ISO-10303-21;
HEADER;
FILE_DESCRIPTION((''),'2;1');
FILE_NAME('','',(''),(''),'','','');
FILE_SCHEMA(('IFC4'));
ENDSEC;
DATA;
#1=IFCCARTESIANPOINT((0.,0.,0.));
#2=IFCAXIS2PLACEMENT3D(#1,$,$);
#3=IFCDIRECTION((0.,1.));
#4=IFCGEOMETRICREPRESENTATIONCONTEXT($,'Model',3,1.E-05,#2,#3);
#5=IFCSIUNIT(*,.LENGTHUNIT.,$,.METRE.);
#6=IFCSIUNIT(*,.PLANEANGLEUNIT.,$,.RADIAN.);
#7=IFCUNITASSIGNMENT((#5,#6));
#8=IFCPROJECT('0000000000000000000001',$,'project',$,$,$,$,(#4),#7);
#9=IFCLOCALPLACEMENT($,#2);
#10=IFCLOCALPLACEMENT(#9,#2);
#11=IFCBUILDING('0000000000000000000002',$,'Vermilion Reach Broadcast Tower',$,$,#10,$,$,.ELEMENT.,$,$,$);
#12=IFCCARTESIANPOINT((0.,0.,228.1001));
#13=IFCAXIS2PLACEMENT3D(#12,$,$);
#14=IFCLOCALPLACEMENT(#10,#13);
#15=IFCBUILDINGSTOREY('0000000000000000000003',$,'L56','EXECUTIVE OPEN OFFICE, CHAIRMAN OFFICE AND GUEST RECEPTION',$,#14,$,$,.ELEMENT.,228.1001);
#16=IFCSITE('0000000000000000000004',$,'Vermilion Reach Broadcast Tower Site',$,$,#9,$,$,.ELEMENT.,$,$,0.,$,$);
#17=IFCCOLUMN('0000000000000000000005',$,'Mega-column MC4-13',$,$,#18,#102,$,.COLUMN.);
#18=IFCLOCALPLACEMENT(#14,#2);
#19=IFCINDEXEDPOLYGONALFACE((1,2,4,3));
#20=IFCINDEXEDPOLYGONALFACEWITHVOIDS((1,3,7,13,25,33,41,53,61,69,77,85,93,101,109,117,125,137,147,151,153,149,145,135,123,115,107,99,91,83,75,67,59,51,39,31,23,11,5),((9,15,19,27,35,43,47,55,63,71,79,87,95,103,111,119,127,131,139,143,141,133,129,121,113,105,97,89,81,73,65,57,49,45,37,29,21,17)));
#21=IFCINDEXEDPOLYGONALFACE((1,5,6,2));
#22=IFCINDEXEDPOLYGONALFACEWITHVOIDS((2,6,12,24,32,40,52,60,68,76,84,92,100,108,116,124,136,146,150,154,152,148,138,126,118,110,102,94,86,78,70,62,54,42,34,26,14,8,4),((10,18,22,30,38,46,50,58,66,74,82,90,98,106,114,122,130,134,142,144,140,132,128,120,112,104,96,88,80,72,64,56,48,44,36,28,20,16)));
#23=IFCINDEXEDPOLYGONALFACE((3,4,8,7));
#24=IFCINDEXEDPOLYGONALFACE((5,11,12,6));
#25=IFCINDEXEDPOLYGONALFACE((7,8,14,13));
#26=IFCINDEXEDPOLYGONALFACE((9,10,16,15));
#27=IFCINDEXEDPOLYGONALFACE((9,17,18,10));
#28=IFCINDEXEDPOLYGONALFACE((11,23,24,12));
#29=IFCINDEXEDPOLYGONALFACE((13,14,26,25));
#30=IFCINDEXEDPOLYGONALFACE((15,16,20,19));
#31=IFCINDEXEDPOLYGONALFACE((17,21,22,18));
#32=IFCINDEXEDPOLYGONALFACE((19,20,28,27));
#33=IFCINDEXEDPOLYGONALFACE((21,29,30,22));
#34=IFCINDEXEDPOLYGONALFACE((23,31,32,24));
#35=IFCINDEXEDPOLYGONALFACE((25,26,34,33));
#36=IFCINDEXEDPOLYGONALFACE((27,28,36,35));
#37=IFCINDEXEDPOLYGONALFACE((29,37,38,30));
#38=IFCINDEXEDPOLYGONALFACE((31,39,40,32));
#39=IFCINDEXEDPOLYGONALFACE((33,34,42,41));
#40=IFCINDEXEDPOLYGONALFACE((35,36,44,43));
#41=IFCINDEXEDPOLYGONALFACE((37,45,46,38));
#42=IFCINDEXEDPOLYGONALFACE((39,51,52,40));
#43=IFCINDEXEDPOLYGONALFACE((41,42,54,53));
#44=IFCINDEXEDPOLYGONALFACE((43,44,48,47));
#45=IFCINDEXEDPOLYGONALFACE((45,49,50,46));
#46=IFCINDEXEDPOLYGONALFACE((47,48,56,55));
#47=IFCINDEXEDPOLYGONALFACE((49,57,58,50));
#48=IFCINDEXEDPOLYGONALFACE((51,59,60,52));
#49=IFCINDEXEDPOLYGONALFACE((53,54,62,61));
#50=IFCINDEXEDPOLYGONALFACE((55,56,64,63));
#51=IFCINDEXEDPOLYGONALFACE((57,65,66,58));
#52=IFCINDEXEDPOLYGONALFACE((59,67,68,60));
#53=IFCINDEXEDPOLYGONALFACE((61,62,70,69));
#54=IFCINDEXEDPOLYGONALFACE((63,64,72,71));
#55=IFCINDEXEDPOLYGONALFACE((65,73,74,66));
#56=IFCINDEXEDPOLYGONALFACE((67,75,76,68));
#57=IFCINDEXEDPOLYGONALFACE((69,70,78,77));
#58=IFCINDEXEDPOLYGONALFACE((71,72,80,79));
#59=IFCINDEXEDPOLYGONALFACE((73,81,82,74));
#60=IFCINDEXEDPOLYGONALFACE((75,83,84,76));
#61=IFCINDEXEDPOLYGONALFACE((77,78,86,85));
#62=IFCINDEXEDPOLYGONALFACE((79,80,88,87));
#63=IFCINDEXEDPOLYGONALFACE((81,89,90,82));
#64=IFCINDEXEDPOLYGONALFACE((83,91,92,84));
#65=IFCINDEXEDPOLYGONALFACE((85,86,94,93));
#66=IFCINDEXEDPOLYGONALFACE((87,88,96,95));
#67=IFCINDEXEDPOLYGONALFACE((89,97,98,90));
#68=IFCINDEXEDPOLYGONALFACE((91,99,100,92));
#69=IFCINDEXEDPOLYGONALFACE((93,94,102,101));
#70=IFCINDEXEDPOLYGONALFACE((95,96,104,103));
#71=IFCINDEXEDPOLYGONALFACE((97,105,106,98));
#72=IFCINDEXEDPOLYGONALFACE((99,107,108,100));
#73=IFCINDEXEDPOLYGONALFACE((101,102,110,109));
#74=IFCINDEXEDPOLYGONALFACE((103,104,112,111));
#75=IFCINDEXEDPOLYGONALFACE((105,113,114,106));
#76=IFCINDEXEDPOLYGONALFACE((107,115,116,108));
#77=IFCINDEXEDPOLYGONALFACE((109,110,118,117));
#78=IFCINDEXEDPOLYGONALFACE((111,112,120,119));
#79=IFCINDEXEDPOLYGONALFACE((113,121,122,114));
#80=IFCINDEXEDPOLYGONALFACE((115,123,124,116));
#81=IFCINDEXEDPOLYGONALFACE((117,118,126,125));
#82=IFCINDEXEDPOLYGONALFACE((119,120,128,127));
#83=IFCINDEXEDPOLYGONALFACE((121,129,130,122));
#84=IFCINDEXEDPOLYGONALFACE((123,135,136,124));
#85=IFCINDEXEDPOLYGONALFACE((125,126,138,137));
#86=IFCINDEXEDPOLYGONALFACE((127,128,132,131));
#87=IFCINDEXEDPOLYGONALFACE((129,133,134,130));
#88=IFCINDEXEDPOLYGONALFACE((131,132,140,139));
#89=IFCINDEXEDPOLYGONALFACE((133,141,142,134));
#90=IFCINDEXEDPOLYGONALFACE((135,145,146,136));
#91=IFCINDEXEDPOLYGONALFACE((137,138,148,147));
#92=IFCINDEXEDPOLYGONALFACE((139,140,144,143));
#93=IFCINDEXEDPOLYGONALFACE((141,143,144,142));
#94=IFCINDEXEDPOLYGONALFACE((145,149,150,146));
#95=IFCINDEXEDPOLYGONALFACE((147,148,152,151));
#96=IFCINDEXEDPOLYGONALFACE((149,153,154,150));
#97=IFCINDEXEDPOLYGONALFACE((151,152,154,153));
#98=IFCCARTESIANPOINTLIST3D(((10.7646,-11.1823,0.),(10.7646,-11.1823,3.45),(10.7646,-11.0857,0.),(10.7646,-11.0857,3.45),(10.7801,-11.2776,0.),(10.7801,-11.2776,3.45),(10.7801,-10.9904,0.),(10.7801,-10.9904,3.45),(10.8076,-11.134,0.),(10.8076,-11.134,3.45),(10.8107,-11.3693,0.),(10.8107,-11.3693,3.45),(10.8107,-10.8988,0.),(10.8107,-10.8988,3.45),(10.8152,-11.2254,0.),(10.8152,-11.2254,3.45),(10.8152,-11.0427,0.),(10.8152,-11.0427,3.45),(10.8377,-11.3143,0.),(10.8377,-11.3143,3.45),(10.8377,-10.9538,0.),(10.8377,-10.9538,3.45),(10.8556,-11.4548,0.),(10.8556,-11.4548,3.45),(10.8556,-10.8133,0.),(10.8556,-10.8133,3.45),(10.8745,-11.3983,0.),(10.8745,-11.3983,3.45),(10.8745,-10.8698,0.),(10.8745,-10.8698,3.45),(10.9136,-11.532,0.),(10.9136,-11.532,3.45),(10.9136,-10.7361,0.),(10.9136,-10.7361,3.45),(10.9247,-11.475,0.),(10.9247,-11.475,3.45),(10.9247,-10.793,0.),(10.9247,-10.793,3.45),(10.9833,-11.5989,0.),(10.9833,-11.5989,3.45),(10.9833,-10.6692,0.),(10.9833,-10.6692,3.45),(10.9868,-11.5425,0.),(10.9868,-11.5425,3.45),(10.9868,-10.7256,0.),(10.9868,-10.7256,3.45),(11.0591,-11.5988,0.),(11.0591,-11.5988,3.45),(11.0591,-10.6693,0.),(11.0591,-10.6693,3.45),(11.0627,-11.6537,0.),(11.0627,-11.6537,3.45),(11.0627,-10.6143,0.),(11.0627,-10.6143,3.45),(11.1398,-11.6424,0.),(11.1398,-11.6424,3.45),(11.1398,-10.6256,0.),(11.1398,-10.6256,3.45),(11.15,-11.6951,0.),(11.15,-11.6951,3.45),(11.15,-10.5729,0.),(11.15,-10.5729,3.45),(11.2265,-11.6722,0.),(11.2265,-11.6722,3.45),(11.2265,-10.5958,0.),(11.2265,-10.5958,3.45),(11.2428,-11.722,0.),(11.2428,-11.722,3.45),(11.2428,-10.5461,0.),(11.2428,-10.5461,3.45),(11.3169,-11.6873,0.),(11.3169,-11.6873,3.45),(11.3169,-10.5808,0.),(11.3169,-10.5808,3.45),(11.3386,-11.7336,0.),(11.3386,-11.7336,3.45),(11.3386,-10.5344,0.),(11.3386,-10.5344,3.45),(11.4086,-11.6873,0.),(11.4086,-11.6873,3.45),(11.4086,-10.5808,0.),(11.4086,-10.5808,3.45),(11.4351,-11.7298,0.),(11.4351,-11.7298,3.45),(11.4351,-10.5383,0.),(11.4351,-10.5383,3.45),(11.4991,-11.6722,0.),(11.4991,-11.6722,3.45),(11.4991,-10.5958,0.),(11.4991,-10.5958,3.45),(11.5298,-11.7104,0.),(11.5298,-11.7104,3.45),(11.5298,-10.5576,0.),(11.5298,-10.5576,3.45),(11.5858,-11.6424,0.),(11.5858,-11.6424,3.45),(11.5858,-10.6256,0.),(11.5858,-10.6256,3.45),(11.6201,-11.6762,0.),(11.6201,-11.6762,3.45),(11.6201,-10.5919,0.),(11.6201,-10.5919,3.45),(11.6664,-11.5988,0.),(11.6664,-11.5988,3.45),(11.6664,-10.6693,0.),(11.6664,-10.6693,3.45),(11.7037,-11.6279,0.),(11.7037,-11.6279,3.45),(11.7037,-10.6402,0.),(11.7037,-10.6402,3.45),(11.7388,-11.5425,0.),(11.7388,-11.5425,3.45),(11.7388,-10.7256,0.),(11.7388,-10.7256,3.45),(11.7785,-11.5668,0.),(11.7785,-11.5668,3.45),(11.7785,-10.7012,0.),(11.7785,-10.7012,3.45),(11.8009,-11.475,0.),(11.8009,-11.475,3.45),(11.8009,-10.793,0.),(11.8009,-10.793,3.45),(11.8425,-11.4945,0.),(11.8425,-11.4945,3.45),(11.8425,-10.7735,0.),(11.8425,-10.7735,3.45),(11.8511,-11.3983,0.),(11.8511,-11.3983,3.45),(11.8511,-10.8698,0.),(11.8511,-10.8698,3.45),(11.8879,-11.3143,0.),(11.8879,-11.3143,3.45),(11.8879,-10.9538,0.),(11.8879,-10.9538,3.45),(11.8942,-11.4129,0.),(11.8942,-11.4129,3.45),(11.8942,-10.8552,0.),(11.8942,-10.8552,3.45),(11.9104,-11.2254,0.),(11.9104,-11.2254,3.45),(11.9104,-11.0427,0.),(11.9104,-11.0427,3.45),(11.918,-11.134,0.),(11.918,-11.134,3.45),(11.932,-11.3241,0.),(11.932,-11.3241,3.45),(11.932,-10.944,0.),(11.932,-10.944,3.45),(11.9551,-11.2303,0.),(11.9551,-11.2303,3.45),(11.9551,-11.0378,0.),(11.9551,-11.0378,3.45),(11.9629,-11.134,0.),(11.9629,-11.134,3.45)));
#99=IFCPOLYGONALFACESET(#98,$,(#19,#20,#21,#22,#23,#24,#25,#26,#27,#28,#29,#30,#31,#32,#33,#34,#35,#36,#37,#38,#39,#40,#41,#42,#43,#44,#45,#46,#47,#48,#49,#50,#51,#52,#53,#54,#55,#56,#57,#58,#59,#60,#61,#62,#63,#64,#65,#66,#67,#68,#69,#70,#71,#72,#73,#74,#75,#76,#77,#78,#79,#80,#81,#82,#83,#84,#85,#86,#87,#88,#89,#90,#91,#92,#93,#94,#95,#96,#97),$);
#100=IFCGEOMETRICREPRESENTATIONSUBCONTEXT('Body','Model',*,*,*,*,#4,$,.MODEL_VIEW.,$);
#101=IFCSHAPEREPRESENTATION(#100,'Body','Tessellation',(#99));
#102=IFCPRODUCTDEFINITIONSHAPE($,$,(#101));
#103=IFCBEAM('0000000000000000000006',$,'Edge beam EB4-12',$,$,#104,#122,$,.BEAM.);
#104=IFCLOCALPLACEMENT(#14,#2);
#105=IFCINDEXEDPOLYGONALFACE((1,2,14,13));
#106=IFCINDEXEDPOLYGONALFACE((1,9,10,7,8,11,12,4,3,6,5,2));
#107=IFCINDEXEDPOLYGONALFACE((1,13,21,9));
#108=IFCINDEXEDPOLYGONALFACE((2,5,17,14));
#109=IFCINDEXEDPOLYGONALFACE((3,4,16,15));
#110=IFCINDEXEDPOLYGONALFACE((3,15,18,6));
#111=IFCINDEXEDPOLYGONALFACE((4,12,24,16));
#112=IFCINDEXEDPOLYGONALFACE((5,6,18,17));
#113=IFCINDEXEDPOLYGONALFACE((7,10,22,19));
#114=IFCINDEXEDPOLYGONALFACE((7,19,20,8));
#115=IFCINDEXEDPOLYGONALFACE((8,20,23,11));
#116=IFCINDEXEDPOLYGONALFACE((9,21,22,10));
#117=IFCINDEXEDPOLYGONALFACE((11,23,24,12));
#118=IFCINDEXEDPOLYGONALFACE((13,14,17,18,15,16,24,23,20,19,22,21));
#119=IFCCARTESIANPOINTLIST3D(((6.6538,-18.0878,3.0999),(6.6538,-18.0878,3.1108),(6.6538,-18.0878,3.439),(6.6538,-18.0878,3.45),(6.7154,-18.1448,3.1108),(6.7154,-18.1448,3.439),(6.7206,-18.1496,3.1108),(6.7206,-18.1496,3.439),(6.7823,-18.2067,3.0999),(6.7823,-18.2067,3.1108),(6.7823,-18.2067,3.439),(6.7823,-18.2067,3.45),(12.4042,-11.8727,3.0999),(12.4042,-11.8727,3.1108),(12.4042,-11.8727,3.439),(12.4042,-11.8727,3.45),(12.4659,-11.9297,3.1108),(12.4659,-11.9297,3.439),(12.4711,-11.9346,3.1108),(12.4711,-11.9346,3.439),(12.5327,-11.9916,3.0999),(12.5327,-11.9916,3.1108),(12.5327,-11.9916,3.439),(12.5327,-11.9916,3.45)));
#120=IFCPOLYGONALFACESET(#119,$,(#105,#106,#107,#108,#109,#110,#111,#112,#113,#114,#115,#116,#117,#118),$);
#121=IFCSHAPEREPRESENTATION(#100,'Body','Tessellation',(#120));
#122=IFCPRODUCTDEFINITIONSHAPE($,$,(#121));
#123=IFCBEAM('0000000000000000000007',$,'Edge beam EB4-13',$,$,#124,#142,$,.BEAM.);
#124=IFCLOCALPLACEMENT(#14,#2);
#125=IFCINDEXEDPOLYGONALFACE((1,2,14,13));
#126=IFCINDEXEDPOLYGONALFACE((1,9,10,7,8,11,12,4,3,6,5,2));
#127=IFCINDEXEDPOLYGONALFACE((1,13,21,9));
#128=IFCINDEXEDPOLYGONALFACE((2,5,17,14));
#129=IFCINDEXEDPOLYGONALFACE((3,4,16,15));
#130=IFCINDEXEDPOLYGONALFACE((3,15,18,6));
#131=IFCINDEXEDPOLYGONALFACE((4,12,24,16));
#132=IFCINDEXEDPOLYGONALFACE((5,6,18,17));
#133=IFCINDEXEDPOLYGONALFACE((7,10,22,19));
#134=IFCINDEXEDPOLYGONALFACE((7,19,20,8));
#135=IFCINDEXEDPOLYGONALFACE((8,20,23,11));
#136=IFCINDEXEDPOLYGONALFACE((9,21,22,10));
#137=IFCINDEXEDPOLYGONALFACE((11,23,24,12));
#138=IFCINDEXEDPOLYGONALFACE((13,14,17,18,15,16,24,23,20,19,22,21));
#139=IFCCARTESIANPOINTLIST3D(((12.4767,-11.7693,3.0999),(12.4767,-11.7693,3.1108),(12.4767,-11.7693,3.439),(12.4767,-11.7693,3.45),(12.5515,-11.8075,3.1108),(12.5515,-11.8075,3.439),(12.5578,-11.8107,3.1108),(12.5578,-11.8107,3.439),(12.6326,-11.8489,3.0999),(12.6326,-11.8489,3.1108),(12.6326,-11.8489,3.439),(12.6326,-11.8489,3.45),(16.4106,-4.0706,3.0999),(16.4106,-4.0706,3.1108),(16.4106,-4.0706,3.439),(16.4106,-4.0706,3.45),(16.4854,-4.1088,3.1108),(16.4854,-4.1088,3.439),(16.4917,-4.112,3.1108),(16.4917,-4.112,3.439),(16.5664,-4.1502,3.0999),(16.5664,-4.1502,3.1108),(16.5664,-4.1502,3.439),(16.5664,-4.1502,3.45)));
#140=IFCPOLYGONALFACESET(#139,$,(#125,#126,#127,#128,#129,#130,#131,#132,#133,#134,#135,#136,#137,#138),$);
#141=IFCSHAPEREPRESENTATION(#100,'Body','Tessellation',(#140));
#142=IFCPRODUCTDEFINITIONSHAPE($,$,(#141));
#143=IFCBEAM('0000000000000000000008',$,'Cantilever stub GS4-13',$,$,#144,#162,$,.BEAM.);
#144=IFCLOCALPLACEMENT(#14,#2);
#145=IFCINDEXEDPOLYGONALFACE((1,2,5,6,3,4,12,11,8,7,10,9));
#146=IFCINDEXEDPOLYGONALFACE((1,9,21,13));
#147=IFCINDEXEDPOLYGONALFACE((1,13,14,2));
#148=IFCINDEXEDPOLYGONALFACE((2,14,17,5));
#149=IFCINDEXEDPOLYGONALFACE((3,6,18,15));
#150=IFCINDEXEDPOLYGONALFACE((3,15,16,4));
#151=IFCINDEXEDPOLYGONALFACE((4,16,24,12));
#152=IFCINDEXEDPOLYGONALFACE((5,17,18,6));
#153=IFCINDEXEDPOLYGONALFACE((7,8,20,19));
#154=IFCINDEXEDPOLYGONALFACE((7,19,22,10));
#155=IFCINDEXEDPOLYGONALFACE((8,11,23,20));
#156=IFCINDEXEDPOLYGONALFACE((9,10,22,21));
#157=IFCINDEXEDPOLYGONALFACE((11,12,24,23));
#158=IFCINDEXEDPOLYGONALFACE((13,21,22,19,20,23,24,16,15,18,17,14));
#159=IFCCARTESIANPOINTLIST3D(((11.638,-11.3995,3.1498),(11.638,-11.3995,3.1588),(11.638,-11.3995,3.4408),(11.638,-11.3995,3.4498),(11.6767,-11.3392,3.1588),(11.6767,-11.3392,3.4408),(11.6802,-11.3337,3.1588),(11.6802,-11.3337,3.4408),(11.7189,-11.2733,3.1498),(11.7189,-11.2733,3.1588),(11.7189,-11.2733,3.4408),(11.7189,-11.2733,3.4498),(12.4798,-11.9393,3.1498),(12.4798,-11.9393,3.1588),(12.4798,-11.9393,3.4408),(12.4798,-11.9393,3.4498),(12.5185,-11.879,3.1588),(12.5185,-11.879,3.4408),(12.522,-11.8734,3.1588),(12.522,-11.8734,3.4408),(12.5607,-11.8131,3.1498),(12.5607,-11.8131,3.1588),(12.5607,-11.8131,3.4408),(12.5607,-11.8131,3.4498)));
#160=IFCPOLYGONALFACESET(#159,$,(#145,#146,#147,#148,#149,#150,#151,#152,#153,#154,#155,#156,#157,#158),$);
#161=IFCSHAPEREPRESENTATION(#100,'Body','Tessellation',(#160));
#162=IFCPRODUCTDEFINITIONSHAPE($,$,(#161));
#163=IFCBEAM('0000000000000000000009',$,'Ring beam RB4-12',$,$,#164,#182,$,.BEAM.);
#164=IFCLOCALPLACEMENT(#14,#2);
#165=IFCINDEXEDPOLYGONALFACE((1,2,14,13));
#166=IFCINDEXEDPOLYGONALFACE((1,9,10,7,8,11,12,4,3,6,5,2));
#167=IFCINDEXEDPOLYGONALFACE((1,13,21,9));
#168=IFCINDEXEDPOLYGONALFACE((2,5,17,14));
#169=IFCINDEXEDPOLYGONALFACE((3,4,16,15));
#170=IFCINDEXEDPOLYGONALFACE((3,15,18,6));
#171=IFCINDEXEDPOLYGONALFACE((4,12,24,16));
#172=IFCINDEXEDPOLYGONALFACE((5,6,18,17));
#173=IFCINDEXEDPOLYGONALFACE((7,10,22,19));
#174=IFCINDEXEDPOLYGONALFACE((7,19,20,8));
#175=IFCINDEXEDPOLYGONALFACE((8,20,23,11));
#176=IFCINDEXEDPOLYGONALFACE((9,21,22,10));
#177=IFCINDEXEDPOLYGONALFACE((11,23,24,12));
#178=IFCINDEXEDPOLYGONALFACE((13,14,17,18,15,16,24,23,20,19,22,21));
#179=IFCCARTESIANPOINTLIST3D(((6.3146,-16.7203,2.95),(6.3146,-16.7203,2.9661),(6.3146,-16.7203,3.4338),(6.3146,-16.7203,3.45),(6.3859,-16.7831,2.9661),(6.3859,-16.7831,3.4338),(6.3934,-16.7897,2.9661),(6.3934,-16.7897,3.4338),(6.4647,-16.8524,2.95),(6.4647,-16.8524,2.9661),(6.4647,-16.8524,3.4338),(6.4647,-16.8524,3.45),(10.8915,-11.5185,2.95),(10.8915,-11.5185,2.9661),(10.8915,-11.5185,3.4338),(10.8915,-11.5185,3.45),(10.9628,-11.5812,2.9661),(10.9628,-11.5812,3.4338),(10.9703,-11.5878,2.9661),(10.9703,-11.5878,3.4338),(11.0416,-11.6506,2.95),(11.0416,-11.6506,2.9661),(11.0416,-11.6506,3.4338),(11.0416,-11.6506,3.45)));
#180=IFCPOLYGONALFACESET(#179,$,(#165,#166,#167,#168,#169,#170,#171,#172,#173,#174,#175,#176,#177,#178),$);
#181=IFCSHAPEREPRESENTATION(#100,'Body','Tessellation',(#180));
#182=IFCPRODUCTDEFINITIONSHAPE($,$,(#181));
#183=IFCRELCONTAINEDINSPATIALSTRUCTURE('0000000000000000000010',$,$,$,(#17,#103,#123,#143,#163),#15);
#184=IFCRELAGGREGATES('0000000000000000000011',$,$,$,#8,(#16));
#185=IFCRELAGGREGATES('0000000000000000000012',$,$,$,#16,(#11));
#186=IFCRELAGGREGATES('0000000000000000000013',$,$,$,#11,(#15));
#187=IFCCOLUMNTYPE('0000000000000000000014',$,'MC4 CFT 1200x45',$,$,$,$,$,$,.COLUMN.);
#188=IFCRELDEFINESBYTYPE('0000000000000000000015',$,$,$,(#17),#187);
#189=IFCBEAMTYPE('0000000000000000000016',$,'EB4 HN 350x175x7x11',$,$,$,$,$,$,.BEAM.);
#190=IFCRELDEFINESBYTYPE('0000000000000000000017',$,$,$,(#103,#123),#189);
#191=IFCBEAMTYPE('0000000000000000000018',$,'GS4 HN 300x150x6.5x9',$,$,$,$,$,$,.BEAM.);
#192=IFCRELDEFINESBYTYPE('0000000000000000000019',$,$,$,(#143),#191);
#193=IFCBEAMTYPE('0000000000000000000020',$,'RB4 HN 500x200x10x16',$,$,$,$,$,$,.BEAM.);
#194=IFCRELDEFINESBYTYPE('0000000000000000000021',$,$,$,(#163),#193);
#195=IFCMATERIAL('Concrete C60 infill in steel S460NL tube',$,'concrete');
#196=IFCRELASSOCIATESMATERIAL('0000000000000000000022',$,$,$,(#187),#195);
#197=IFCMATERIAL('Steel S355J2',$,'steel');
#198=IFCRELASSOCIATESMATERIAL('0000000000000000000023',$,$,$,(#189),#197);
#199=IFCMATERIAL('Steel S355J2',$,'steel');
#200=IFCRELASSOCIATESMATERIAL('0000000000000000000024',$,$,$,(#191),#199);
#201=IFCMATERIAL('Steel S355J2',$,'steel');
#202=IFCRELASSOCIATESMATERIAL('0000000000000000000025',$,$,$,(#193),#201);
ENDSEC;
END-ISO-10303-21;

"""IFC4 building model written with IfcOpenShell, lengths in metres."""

from ifc_helpers import new_model, si_unit, direction, frame, origin, origin_2d, place, context, subcontext, project, spatial, hollow_circle, i_section, extrude, material, material_profile, profile_set, type_object, element, save


model = new_model("IFC4")

# Units and contexts
model_context = context("Model", 3, precision=1e-05, world=origin(), true_north=direction((0.0, 1.0)))
body_context = subcontext(model_context, "Body", "Model", "MODEL_VIEW")
ifc_project = project(units=[si_unit("LENGTHUNIT", "METRE"), si_unit("PLANEANGLEUNIT", "RADIAN")], contexts=[model_context])

# Site, building, storey
site_placement = place(None, origin())
site = spatial("IfcSite", under=ifc_project, at=site_placement, Name="Vermilion Reach Broadcast Tower Site", CompositionType="ELEMENT", RefElevation=0.0)
building_placement = place(site_placement, origin())
building = spatial("IfcBuilding", under=site, at=building_placement, Name="Vermilion Reach Broadcast Tower", CompositionType="ELEMENT")
storey_placement = place(building_placement, frame((0.0, 0.0, 228.1001)))
storey = spatial("IfcBuildingStorey", under=building, at=storey_placement, Name="L56", Description="EXECUTIVE OPEN OFFICE, CHAIRMAN OFFICE AND GUEST RECEPTION", CompositionType="ELEMENT", Elevation=228.1001)

# Column
ifc_material_1 = material(Name="Concrete C60 infill in steel S460NL tube", Category="concrete")
ifc_material_profile_1 = material_profile(ifc_material_1, hollow_circle(Radius=0.6001, WallThickness=0.0449, at=origin_2d()), Name="Concrete C60 infill in steel S460NL tube CFT 1200x45")
ifc_profile_set_1 = profile_set([ifc_material_profile_1], Name="Concrete C60 infill in steel S460NL tube")
column_type = type_object("IfcColumnType", Name="MC4 CFT 1200x45", PredefinedType="COLUMN", material=ifc_profile_set_1)
column_placement = place(storey_placement, frame((11.3628, -11.134, 0.0), z_axis=(0.0, 0.0, 1.0), x_axis=(1.0, 0.0, 0.0)))
element("IfcColumn", 1, at=column_placement, inside=storey, type_object=column_type, Name="Mega-column MC4-13", PredefinedType="COLUMN", context=body_context, shape_type="SweptSolid", body=[
    extrude(hollow_circle(Radius=0.6001, WallThickness=0.0449, at=origin_2d()), origin(), (0.0, 0.0, 1.0), 3.45),
])

# Beams
ifc_material_2 = material(Name="Steel S355J2", Category="steel")
ifc_material_profile_2 = material_profile(ifc_material_2, i_section(OverallWidth=0.175, OverallDepth=0.3501, WebThickness=0.0071, FlangeThickness=0.011, at=origin_2d()), Name="S355J2 HN 350x175x7x11")
ifc_profile_set_2 = profile_set([ifc_material_profile_2], Name="Steel S355J2")
beam_type_1 = type_object("IfcBeamType", Name="EB4 HN 350x175x7x11", PredefinedType="BEAM", material=ifc_profile_set_2)
beam_1_placement = place(storey_placement, frame((6.718, -18.1472, 3.2749), z_axis=(0.679139, 0.734009, 0.0), x_axis=(-0.734009, 0.679139, 0.0)))
element("IfcBeam", 2, at=beam_1_placement, inside=storey, type_object=beam_type_1, Name="Edge beam EB4-12", PredefinedType="BEAM", context=body_context, shape_type="SweptSolid", body=[
    extrude(i_section(OverallWidth=0.175, OverallDepth=0.3501, WebThickness=0.0071, FlangeThickness=0.011, at=origin_2d()), origin(), (0.0, 0.0, 1.0), 8.4673),
])
beam_2_placement = place(storey_placement, frame((12.5547, -11.8091, 3.2749), z_axis=(0.455013, 0.890485, 0.0), x_axis=(-0.890485, 0.455013, 0.0)))
element("IfcBeam", 3, at=beam_2_placement, inside=storey, type_object=beam_type_1, Name="Edge beam EB4-13", PredefinedType="BEAM", context=body_context, shape_type="SweptSolid", body=[
    extrude(i_section(OverallWidth=0.175, OverallDepth=0.3501, WebThickness=0.0071, FlangeThickness=0.011, at=origin_2d()), origin(), (0.0, 0.0, 1.0), 8.6455),
])
ifc_material_3 = material(Name="Steel S355J2", Category="steel")
ifc_material_profile_3 = material_profile(ifc_material_3, i_section(OverallWidth=0.1499, OverallDepth=0.3, WebThickness=0.0066, FlangeThickness=0.009, at=origin_2d()), Name="S355J2 HN 300x150x6.5x9")
ifc_profile_set_3 = profile_set([ifc_material_profile_3], Name="Steel S355J2")
beam_type_2 = type_object("IfcBeamType", Name="GS4 HN 300x150x6.5x9", PredefinedType="BEAM", material=ifc_profile_set_3)
beam_3_placement = place(storey_placement, frame((11.6785, -11.3364, 3.2998), z_axis=(0.841797, -0.539795, 0.0), x_axis=(0.539795, 0.841797, 0.0)))
element("IfcBeam", 4, at=beam_3_placement, inside=storey, type_object=beam_type_2, Name="Cantilever stub GS4-13", PredefinedType="BEAM", context=body_context, shape_type="SweptSolid", body=[
    extrude(i_section(OverallWidth=0.1499, OverallDepth=0.3, WebThickness=0.0066, FlangeThickness=0.009, at=origin_2d()), origin(), (0.0, 0.0, 1.0), 1.0),
])
ifc_material_4 = material(Name="Steel S355J2", Category="steel")
ifc_material_profile_4 = material_profile(ifc_material_4, i_section(OverallWidth=0.2, OverallDepth=0.5, WebThickness=0.01, FlangeThickness=0.0161, at=origin_2d()), Name="S355J2 HN 500x200x10x16")
ifc_profile_set_4 = profile_set([ifc_material_profile_4], Name="Steel S355J2")
beam_type_3 = type_object("IfcBeamType", Name="RB4 HN 500x200x10x16", PredefinedType="BEAM", material=ifc_profile_set_4)
beam_4_placement = place(storey_placement, frame((6.3896, -16.7864, 3.2), z_axis=(0.660565, 0.750769, 0.0), x_axis=(-0.750769, 0.660565, 0.0)))
element("IfcBeam", 5, at=beam_4_placement, inside=storey, type_object=beam_type_3, Name="Ring beam RB4-12", PredefinedType="BEAM", context=body_context, shape_type="SweptSolid", body=[
    extrude(i_section(OverallWidth=0.2, OverallDepth=0.5, WebThickness=0.01, FlangeThickness=0.0161, at=origin_2d()), origin(), (0.0, 0.0, 1.0), 6.9287),
])

save(model, "model.ifc")
